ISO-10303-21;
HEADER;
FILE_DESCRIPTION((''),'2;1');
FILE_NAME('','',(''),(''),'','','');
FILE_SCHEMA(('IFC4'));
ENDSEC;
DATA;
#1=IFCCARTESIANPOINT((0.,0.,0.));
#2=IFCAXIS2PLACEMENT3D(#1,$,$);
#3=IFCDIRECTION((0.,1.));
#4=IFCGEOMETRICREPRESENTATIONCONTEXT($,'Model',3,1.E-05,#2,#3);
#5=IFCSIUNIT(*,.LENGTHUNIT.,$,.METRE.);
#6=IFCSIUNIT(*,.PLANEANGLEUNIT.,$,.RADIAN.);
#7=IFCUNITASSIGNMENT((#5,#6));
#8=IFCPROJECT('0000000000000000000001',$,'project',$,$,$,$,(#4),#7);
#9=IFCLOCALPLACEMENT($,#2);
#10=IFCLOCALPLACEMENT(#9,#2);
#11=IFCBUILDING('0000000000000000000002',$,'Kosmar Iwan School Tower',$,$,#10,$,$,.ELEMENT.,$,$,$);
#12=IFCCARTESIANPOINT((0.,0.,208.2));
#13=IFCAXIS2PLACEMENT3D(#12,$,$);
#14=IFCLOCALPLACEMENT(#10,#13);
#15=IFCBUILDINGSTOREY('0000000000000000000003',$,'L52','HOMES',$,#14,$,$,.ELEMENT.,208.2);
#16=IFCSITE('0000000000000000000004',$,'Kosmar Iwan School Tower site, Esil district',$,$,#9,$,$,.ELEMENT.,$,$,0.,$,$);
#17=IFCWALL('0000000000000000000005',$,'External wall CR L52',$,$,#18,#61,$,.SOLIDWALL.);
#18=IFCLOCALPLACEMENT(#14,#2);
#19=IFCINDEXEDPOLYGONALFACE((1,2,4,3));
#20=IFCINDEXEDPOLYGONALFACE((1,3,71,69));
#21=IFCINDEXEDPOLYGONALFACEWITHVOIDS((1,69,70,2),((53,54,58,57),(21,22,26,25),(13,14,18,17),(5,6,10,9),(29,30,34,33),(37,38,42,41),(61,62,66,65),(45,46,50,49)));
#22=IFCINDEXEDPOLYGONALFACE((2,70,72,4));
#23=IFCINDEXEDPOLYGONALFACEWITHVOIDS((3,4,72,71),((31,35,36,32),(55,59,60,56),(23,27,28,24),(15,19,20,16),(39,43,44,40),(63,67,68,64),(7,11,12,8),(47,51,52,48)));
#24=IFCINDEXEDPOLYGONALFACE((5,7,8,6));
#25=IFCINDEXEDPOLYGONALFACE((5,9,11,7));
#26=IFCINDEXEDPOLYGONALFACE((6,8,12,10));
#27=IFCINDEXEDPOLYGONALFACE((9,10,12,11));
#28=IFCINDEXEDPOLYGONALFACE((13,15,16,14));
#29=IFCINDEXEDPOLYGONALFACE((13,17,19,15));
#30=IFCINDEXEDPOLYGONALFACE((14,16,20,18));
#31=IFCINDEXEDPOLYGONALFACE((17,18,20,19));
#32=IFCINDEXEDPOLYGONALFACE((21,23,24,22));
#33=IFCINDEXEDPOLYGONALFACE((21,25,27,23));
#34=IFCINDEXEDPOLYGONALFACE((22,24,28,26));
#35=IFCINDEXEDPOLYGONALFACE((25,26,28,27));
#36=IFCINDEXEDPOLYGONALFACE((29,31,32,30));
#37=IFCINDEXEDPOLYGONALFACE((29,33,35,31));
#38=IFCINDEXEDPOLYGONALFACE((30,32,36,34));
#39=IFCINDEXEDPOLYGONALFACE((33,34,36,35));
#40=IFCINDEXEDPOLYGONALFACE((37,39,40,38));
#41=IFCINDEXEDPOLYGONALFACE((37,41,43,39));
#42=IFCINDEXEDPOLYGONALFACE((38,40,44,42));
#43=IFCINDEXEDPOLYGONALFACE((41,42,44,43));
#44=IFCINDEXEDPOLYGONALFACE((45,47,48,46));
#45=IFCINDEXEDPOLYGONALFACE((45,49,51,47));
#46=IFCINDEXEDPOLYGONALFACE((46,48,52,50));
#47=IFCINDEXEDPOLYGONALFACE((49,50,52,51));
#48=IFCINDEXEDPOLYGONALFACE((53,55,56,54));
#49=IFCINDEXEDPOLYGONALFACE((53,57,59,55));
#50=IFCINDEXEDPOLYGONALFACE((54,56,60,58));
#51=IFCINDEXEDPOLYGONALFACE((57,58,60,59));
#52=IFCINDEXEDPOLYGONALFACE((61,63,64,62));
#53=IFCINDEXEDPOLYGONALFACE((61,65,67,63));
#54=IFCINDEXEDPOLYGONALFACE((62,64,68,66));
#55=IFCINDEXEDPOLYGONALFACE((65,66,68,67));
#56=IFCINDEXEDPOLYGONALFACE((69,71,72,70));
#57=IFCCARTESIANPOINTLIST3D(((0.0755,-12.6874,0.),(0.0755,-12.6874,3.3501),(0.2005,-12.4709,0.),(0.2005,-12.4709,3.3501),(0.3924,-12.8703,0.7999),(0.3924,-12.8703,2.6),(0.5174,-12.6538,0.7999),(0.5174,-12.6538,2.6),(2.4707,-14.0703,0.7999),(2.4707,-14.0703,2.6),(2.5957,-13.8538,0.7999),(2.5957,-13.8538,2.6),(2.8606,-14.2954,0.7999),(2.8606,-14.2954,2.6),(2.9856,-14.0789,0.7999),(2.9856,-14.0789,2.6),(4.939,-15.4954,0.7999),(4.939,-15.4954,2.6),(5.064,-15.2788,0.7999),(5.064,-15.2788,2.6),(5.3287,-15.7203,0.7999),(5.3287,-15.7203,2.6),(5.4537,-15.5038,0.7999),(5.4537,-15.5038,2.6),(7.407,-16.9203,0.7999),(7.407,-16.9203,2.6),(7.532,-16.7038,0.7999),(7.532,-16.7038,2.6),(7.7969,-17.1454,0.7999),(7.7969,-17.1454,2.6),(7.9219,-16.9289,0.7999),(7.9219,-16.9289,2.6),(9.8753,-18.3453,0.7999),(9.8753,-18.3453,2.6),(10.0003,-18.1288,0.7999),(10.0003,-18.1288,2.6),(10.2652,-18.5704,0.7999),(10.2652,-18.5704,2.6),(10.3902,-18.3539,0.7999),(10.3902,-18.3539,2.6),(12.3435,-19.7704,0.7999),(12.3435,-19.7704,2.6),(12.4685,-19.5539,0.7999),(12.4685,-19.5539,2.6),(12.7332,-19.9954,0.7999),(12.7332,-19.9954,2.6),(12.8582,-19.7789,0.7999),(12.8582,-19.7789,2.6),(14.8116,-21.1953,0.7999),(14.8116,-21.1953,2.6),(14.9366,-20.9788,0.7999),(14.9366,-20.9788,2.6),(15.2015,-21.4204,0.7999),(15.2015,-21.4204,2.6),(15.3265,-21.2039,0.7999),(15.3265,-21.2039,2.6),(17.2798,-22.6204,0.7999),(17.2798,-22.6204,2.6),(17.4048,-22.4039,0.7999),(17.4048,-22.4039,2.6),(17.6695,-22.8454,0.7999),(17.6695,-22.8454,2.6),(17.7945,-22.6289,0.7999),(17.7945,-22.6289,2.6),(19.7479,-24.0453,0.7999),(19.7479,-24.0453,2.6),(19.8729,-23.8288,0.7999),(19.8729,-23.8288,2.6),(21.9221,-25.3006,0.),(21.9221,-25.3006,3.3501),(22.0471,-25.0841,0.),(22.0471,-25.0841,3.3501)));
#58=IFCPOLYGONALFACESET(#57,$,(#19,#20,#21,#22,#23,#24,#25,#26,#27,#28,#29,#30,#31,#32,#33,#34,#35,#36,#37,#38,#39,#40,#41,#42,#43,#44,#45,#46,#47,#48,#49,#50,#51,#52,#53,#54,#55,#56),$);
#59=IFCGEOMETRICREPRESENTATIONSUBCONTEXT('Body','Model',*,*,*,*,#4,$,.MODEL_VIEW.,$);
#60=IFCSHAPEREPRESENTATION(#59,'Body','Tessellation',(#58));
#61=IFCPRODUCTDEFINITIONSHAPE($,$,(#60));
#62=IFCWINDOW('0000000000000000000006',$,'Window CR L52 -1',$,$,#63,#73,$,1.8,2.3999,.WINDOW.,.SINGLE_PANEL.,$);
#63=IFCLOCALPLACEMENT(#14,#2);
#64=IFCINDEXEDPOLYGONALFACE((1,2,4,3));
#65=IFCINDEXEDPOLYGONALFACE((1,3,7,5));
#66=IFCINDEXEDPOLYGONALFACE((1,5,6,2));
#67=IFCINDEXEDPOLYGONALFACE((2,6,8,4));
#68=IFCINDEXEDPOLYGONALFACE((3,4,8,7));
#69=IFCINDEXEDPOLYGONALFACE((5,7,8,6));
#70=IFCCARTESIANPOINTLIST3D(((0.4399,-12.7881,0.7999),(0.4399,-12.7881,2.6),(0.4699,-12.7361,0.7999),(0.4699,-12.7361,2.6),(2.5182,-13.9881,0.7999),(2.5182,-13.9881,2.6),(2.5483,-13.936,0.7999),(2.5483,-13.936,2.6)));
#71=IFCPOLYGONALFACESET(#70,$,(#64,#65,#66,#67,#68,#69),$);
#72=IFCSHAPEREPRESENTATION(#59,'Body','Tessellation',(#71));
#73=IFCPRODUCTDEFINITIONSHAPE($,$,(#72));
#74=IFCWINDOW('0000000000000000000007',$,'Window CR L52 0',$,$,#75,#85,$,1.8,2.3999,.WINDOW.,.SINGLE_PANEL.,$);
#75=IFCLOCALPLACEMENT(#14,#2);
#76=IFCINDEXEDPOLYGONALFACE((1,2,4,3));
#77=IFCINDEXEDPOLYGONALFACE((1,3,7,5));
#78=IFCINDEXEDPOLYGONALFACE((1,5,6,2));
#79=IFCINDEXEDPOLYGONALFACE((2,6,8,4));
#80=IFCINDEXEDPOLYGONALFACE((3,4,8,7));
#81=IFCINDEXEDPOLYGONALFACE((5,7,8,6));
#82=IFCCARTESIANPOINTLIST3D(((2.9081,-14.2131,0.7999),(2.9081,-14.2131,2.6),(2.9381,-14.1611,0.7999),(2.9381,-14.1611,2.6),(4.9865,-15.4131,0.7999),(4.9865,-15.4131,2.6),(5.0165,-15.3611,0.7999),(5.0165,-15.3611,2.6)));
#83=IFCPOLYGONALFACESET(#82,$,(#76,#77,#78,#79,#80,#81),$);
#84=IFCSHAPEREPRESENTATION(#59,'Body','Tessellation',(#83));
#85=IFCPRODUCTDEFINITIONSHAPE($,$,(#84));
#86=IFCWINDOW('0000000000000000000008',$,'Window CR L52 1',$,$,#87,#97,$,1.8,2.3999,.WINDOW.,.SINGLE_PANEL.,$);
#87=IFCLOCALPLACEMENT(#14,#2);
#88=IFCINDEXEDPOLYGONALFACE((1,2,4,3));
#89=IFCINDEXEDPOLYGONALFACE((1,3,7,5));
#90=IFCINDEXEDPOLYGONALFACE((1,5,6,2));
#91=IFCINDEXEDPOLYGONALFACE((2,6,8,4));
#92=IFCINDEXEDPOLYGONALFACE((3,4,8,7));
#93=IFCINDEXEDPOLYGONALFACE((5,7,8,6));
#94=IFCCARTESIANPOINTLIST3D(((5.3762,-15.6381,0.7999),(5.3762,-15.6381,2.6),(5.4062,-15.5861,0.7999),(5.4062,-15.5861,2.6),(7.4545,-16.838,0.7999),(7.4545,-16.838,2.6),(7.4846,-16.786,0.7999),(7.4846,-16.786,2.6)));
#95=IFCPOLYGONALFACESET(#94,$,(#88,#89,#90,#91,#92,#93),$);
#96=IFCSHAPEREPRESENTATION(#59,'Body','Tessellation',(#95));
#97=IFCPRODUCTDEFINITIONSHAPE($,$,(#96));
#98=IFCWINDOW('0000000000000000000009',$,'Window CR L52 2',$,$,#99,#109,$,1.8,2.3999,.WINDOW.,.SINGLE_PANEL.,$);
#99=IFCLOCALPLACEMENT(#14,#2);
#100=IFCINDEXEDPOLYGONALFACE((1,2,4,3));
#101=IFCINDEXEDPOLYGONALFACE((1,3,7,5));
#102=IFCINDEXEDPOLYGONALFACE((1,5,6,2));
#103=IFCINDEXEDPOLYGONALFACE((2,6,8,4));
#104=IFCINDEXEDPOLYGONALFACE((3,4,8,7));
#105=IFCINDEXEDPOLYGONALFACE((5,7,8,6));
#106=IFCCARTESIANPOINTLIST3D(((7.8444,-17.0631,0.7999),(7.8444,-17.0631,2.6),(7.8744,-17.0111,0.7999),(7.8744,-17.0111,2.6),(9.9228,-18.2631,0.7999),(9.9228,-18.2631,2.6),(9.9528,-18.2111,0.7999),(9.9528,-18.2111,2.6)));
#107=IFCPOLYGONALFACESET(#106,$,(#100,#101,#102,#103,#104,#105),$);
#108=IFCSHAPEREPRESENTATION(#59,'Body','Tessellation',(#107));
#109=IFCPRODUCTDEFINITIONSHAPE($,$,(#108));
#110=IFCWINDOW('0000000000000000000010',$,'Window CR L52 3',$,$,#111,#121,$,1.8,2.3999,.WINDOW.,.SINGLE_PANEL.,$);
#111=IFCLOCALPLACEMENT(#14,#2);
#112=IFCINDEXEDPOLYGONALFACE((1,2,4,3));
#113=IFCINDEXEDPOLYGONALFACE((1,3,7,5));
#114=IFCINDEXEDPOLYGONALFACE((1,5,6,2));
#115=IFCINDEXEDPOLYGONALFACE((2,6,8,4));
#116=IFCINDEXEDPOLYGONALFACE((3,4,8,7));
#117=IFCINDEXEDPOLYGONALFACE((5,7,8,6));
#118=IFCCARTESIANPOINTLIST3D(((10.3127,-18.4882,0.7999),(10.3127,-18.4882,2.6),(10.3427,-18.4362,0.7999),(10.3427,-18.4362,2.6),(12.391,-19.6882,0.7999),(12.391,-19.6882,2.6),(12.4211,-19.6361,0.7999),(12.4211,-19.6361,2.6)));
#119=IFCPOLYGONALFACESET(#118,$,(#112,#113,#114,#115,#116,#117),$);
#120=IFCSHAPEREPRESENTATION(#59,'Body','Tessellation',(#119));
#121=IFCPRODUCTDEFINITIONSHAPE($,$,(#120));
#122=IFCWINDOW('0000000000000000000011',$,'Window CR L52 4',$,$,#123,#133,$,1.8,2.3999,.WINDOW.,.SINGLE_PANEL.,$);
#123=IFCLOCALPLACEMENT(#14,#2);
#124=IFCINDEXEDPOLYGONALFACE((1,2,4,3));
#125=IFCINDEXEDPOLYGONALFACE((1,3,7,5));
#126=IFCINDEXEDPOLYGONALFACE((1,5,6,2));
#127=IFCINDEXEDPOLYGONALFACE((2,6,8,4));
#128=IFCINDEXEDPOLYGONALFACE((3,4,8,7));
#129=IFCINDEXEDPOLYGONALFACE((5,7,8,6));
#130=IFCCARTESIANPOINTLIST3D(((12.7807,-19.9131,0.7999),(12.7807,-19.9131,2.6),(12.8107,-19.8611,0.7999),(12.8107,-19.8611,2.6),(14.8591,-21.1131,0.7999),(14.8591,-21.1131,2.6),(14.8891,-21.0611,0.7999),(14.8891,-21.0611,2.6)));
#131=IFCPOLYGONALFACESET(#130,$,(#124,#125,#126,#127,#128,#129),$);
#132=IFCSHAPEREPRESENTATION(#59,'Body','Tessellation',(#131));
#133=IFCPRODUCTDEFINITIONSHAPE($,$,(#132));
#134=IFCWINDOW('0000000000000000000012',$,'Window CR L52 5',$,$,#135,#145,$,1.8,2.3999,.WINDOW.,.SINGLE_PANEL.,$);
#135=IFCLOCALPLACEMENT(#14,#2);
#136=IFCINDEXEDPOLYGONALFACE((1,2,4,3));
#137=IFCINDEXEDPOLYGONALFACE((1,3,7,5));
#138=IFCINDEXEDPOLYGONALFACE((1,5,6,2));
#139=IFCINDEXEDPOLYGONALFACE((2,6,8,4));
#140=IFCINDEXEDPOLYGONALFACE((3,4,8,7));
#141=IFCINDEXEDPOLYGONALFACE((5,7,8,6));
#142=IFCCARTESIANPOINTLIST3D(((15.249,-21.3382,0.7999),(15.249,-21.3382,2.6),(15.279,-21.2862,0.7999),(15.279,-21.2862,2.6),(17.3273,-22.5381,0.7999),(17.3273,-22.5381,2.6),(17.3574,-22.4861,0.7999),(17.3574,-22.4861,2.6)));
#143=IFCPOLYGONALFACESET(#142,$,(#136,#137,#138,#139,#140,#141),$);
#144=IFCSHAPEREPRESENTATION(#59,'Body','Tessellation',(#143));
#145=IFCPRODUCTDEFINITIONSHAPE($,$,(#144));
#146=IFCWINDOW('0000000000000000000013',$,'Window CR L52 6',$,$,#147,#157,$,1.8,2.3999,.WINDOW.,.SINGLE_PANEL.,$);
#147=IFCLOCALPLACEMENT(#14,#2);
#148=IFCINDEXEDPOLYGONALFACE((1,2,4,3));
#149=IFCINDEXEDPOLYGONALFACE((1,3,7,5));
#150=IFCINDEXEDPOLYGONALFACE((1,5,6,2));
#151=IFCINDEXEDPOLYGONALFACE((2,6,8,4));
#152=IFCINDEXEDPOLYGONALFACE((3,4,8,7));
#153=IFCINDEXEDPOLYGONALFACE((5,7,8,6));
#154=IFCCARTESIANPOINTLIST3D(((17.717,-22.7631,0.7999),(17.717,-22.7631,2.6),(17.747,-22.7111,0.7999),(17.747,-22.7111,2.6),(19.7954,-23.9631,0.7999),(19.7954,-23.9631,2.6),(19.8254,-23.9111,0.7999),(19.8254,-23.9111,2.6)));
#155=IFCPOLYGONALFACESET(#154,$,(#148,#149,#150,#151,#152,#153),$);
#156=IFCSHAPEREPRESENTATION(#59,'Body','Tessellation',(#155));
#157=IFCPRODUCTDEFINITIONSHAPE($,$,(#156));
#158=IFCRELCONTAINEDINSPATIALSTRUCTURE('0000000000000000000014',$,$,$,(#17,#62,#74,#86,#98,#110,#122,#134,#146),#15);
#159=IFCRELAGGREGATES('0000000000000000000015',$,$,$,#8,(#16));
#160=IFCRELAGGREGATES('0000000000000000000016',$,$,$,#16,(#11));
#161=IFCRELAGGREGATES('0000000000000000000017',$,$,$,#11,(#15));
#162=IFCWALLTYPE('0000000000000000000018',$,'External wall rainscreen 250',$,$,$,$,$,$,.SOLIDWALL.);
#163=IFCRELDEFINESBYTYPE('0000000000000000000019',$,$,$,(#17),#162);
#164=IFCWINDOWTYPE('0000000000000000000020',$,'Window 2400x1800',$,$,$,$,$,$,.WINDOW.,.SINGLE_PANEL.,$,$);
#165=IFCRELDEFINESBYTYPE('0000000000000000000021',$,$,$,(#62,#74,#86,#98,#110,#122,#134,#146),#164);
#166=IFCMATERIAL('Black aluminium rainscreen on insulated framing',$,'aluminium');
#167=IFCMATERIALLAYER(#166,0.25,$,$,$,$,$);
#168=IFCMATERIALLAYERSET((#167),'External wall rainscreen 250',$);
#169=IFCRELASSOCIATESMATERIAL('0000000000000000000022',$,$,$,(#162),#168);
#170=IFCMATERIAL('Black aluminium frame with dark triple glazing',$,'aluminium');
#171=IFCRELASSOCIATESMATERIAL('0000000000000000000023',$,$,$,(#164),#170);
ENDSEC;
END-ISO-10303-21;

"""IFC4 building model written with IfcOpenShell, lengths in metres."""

from ifc_helpers import new_model, si_unit, direction, frame, frame_2d, origin, place, context, subcontext, project, spatial, rectangle, extrude, material, layer, layer_set, type_object, element, fill, save


model = new_model("IFC4")

# Units and contexts
model_context = context("Model", 3, precision=1e-05, world=origin(), true_north=direction((0.0, 1.0)))
body_context = subcontext(model_context, "Body", "Model", "MODEL_VIEW")
ifc_project = project(units=[si_unit("LENGTHUNIT", "METRE"), si_unit("PLANEANGLEUNIT", "RADIAN")], contexts=[model_context])

# Site, building, storey
site_placement = place(None, origin())
site = spatial("IfcSite", under=ifc_project, at=site_placement, Name="Kosmar Iwan School Tower site, Esil district", CompositionType="ELEMENT", RefElevation=0.0)
building_placement = place(site_placement, origin())
building = spatial("IfcBuilding", under=site, at=building_placement, Name="Kosmar Iwan School Tower", CompositionType="ELEMENT")
storey_placement = place(building_placement, frame((0.0, 0.0, 208.2)))
storey = spatial("IfcBuildingStorey", under=building, at=storey_placement, Name="L52", Description="HOMES", CompositionType="ELEMENT", Elevation=208.2)

# Wall, openings, windows
ifc_material_1 = material(Name="Black aluminium rainscreen on insulated framing", Category="aluminium")
ifc_layer_1 = layer(ifc_material_1, 0.25)
ifc_layer_set_1 = layer_set([ifc_layer_1], Name="External wall rainscreen 250")
wall_type_1 = type_object("IfcWallType", Name="External wall rainscreen 250", PredefinedType="SOLIDWALL", material=ifc_layer_set_1)
ifc_material_2 = material(Name="Black aluminium frame with dark triple glazing", Category="aluminium")
window_type = type_object("IfcWindowType", Name="Window 2400x1800", PartitioningType="SINGLE_PANEL", PredefinedType="WINDOW", material=ifc_material_2)
wall_1_placement = place(storey_placement, frame((0.1379, -12.5791, 0.0), z_axis=(0.0, 0.0, 1.0), x_axis=(0.866024, -0.500003, 0.0)))
wall_1 = element("IfcWall", 1, at=wall_1_placement, inside=storey, type_object=wall_type_1, Name="External wall CR L52", PredefinedType="SOLIDWALL", context=body_context, shape_type="SweptSolid", body=[
    extrude(rectangle(XDim=25.2263, YDim=0.25, at=frame_2d((12.6133, 0.0))), origin(), (0.0, 0.0, 1.0), 3.3501),
])
opening_1_placement = place(wall_1_placement, frame((0.366, 0.0, 0.8)))
opening_1 = element("IfcOpeningElement", 2, at=opening_1_placement, cuts=wall_1, PredefinedType="OPENING", context=body_context, shape_type="SweptSolid", body=[
    extrude(rectangle(XDim=2.3999, YDim=1.8, at=frame_2d((1.2, 0.8999))), frame((0.0, 0.137, 0.0), z_axis=(0.0, -1.0, 0.0), x_axis=(1.0, 0.0, 0.0)), (0.0, 0.0, 1.0), 0.2739),
])
opening_2_placement = place(wall_1_placement, frame((3.2161, 0.0, 0.8)))
opening_2 = element("IfcOpeningElement", 3, at=opening_2_placement, cuts=wall_1, PredefinedType="OPENING", context=body_context, shape_type="SweptSolid", body=[
    extrude(rectangle(XDim=2.3999, YDim=1.8, at=frame_2d((1.2, 0.8999))), frame((0.0, 0.137, 0.0), z_axis=(0.0, -1.0, 0.0), x_axis=(1.0, 0.0, 0.0)), (0.0, 0.0, 1.0), 0.2739),
])
opening_3_placement = place(wall_1_placement, frame((6.0659, 0.0, 0.8)))
opening_3 = element("IfcOpeningElement", 4, at=opening_3_placement, cuts=wall_1, PredefinedType="OPENING", context=body_context, shape_type="SweptSolid", body=[
    extrude(rectangle(XDim=2.3999, YDim=1.8, at=frame_2d((1.2, 0.8999))), frame((0.0, 0.137, 0.0), z_axis=(0.0, -1.0, 0.0), x_axis=(1.0, 0.0, 0.0)), (0.0, 0.0, 1.0), 0.2739),
])
opening_4_placement = place(wall_1_placement, frame((8.916, 0.0, 0.8)))
opening_4 = element("IfcOpeningElement", 5, at=opening_4_placement, cuts=wall_1, PredefinedType="OPENING", context=body_context, shape_type="SweptSolid", body=[
    extrude(rectangle(XDim=2.3999, YDim=1.8, at=frame_2d((1.2, 0.8999))), frame((0.0, 0.137, 0.0), z_axis=(0.0, -1.0, 0.0), x_axis=(1.0, 0.0, 0.0)), (0.0, 0.0, 1.0), 0.2739),
])
opening_5_placement = place(wall_1_placement, frame((11.7661, 0.0, 0.8)))
opening_5 = element("IfcOpeningElement", 6, at=opening_5_placement, cuts=wall_1, PredefinedType="OPENING", context=body_context, shape_type="SweptSolid", body=[
    extrude(rectangle(XDim=2.3999, YDim=1.8, at=frame_2d((1.2, 0.8999))), frame((0.0, 0.137, 0.0), z_axis=(0.0, -1.0, 0.0), x_axis=(1.0, 0.0, 0.0)), (0.0, 0.0, 1.0), 0.2739),
])
opening_6_placement = place(wall_1_placement, frame((14.616, 0.0, 0.8)))
opening_6 = element("IfcOpeningElement", 7, at=opening_6_placement, cuts=wall_1, PredefinedType="OPENING", context=body_context, shape_type="SweptSolid", body=[
    extrude(rectangle(XDim=2.3999, YDim=1.8, at=frame_2d((1.2, 0.8999))), frame((0.0, 0.137, 0.0), z_axis=(0.0, -1.0, 0.0), x_axis=(1.0, 0.0, 0.0)), (0.0, 0.0, 1.0), 0.2739),
])
opening_7_placement = place(wall_1_placement, frame((17.4661, 0.0, 0.8)))
opening_7 = element("IfcOpeningElement", 8, at=opening_7_placement, cuts=wall_1, PredefinedType="OPENING", context=body_context, shape_type="SweptSolid", body=[
    extrude(rectangle(XDim=2.3999, YDim=1.8, at=frame_2d((1.2, 0.8999))), frame((0.0, 0.137, 0.0), z_axis=(0.0, -1.0, 0.0), x_axis=(1.0, 0.0, 0.0)), (0.0, 0.0, 1.0), 0.2739),
])
opening_8_placement = place(wall_1_placement, frame((20.3159, 0.0, 0.8)))
opening_8 = element("IfcOpeningElement", 9, at=opening_8_placement, cuts=wall_1, PredefinedType="OPENING", context=body_context, shape_type="SweptSolid", body=[
    extrude(rectangle(XDim=2.3999, YDim=1.8, at=frame_2d((1.2, 0.8999))), frame((0.0, 0.137, 0.0), z_axis=(0.0, -1.0, 0.0), x_axis=(1.0, 0.0, 0.0)), (0.0, 0.0, 1.0), 0.2739),
])
window_1_placement = place(opening_1_placement, origin())
window_1 = element("IfcWindow", 10, at=window_1_placement, inside=storey, type_object=window_type, Name="Window CR L52 -1", OverallHeight=1.8, OverallWidth=2.3999, PartitioningType="SINGLE_PANEL", PredefinedType="WINDOW", context=body_context, shape_type="SweptSolid", body=[
    extrude(rectangle(XDim=2.3999, YDim=1.8, at=frame_2d((1.2, 0.8999))), frame((0.0, 0.03, 0.0), z_axis=(0.0, -1.0, 0.0), x_axis=(1.0, 0.0, 0.0)), (0.0, 0.0, 1.0), 0.0601),
])
fill(opening_1, window_1)
window_2_placement = place(opening_2_placement, origin())
window_2 = element("IfcWindow", 11, at=window_2_placement, inside=storey, type_object=window_type, Name="Window CR L52 0", OverallHeight=1.8, OverallWidth=2.3999, PartitioningType="SINGLE_PANEL", PredefinedType="WINDOW", context=body_context, shape_type="SweptSolid", body=[
    extrude(rectangle(XDim=2.3999, YDim=1.8, at=frame_2d((1.2, 0.8999))), frame((0.0, 0.03, 0.0), z_axis=(0.0, -1.0, 0.0), x_axis=(1.0, 0.0, 0.0)), (0.0, 0.0, 1.0), 0.0601),
])
fill(opening_2, window_2)
window_3_placement = place(opening_3_placement, origin())
window_3 = element("IfcWindow", 12, at=window_3_placement, inside=storey, type_object=window_type, Name="Window CR L52 1", OverallHeight=1.8, OverallWidth=2.3999, PartitioningType="SINGLE_PANEL", PredefinedType="WINDOW", context=body_context, shape_type="SweptSolid", body=[
    extrude(rectangle(XDim=2.3999, YDim=1.8, at=frame_2d((1.2, 0.8999))), frame((0.0, 0.03, 0.0), z_axis=(0.0, -1.0, 0.0), x_axis=(1.0, 0.0, 0.0)), (0.0, 0.0, 1.0), 0.0601),
])
fill(opening_3, window_3)
window_4_placement = place(opening_4_placement, origin())
window_4 = element("IfcWindow", 13, at=window_4_placement, inside=storey, type_object=window_type, Name="Window CR L52 2", OverallHeight=1.8, OverallWidth=2.3999, PartitioningType="SINGLE_PANEL", PredefinedType="WINDOW", context=body_context, shape_type="SweptSolid", body=[
    extrude(rectangle(XDim=2.3999, YDim=1.8, at=frame_2d((1.2, 0.8999))), frame((0.0, 0.03, 0.0), z_axis=(0.0, -1.0, 0.0), x_axis=(1.0, 0.0, 0.0)), (0.0, 0.0, 1.0), 0.0601),
])
fill(opening_4, window_4)
window_5_placement = place(opening_5_placement, origin())
window_5 = element("IfcWindow", 14, at=window_5_placement, inside=storey, type_object=window_type, Name="Window CR L52 3", OverallHeight=1.8, OverallWidth=2.3999, PartitioningType="SINGLE_PANEL", PredefinedType="WINDOW", context=body_context, shape_type="SweptSolid", body=[
    extrude(rectangle(XDim=2.3999, YDim=1.8, at=frame_2d((1.2, 0.8999))), frame((0.0, 0.03, 0.0), z_axis=(0.0, -1.0, 0.0), x_axis=(1.0, 0.0, 0.0)), (0.0, 0.0, 1.0), 0.0601),
])
fill(opening_5, window_5)
window_6_placement = place(opening_6_placement, origin())
window_6 = element("IfcWindow", 15, at=window_6_placement, inside=storey, type_object=window_type, Name="Window CR L52 4", OverallHeight=1.8, OverallWidth=2.3999, PartitioningType="SINGLE_PANEL", PredefinedType="WINDOW", context=body_context, shape_type="SweptSolid", body=[
    extrude(rectangle(XDim=2.3999, YDim=1.8, at=frame_2d((1.2, 0.8999))), frame((0.0, 0.03, 0.0), z_axis=(0.0, -1.0, 0.0), x_axis=(1.0, 0.0, 0.0)), (0.0, 0.0, 1.0), 0.0601),
])
fill(opening_6, window_6)
window_7_placement = place(opening_7_placement, origin())
window_7 = element("IfcWindow", 16, at=window_7_placement, inside=storey, type_object=window_type, Name="Window CR L52 5", OverallHeight=1.8, OverallWidth=2.3999, PartitioningType="SINGLE_PANEL", PredefinedType="WINDOW", context=body_context, shape_type="SweptSolid", body=[
    extrude(rectangle(XDim=2.3999, YDim=1.8, at=frame_2d((1.2, 0.8999))), frame((0.0, 0.03, 0.0), z_axis=(0.0, -1.0, 0.0), x_axis=(1.0, 0.0, 0.0)), (0.0, 0.0, 1.0), 0.0601),
])
fill(opening_7, window_7)
window_8_placement = place(opening_8_placement, origin())
window_8 = element("IfcWindow", 17, at=window_8_placement, inside=storey, type_object=window_type, Name="Window CR L52 6", OverallHeight=1.8, OverallWidth=2.3999, PartitioningType="SINGLE_PANEL", PredefinedType="WINDOW", context=body_context, shape_type="SweptSolid", body=[
    extrude(rectangle(XDim=2.3999, YDim=1.8, at=frame_2d((1.2, 0.8999))), frame((0.0, 0.03, 0.0), z_axis=(0.0, -1.0, 0.0), x_axis=(1.0, 0.0, 0.0)), (0.0, 0.0, 1.0), 0.0601),
])
fill(opening_8, window_8)

save(model, "model.ifc")
